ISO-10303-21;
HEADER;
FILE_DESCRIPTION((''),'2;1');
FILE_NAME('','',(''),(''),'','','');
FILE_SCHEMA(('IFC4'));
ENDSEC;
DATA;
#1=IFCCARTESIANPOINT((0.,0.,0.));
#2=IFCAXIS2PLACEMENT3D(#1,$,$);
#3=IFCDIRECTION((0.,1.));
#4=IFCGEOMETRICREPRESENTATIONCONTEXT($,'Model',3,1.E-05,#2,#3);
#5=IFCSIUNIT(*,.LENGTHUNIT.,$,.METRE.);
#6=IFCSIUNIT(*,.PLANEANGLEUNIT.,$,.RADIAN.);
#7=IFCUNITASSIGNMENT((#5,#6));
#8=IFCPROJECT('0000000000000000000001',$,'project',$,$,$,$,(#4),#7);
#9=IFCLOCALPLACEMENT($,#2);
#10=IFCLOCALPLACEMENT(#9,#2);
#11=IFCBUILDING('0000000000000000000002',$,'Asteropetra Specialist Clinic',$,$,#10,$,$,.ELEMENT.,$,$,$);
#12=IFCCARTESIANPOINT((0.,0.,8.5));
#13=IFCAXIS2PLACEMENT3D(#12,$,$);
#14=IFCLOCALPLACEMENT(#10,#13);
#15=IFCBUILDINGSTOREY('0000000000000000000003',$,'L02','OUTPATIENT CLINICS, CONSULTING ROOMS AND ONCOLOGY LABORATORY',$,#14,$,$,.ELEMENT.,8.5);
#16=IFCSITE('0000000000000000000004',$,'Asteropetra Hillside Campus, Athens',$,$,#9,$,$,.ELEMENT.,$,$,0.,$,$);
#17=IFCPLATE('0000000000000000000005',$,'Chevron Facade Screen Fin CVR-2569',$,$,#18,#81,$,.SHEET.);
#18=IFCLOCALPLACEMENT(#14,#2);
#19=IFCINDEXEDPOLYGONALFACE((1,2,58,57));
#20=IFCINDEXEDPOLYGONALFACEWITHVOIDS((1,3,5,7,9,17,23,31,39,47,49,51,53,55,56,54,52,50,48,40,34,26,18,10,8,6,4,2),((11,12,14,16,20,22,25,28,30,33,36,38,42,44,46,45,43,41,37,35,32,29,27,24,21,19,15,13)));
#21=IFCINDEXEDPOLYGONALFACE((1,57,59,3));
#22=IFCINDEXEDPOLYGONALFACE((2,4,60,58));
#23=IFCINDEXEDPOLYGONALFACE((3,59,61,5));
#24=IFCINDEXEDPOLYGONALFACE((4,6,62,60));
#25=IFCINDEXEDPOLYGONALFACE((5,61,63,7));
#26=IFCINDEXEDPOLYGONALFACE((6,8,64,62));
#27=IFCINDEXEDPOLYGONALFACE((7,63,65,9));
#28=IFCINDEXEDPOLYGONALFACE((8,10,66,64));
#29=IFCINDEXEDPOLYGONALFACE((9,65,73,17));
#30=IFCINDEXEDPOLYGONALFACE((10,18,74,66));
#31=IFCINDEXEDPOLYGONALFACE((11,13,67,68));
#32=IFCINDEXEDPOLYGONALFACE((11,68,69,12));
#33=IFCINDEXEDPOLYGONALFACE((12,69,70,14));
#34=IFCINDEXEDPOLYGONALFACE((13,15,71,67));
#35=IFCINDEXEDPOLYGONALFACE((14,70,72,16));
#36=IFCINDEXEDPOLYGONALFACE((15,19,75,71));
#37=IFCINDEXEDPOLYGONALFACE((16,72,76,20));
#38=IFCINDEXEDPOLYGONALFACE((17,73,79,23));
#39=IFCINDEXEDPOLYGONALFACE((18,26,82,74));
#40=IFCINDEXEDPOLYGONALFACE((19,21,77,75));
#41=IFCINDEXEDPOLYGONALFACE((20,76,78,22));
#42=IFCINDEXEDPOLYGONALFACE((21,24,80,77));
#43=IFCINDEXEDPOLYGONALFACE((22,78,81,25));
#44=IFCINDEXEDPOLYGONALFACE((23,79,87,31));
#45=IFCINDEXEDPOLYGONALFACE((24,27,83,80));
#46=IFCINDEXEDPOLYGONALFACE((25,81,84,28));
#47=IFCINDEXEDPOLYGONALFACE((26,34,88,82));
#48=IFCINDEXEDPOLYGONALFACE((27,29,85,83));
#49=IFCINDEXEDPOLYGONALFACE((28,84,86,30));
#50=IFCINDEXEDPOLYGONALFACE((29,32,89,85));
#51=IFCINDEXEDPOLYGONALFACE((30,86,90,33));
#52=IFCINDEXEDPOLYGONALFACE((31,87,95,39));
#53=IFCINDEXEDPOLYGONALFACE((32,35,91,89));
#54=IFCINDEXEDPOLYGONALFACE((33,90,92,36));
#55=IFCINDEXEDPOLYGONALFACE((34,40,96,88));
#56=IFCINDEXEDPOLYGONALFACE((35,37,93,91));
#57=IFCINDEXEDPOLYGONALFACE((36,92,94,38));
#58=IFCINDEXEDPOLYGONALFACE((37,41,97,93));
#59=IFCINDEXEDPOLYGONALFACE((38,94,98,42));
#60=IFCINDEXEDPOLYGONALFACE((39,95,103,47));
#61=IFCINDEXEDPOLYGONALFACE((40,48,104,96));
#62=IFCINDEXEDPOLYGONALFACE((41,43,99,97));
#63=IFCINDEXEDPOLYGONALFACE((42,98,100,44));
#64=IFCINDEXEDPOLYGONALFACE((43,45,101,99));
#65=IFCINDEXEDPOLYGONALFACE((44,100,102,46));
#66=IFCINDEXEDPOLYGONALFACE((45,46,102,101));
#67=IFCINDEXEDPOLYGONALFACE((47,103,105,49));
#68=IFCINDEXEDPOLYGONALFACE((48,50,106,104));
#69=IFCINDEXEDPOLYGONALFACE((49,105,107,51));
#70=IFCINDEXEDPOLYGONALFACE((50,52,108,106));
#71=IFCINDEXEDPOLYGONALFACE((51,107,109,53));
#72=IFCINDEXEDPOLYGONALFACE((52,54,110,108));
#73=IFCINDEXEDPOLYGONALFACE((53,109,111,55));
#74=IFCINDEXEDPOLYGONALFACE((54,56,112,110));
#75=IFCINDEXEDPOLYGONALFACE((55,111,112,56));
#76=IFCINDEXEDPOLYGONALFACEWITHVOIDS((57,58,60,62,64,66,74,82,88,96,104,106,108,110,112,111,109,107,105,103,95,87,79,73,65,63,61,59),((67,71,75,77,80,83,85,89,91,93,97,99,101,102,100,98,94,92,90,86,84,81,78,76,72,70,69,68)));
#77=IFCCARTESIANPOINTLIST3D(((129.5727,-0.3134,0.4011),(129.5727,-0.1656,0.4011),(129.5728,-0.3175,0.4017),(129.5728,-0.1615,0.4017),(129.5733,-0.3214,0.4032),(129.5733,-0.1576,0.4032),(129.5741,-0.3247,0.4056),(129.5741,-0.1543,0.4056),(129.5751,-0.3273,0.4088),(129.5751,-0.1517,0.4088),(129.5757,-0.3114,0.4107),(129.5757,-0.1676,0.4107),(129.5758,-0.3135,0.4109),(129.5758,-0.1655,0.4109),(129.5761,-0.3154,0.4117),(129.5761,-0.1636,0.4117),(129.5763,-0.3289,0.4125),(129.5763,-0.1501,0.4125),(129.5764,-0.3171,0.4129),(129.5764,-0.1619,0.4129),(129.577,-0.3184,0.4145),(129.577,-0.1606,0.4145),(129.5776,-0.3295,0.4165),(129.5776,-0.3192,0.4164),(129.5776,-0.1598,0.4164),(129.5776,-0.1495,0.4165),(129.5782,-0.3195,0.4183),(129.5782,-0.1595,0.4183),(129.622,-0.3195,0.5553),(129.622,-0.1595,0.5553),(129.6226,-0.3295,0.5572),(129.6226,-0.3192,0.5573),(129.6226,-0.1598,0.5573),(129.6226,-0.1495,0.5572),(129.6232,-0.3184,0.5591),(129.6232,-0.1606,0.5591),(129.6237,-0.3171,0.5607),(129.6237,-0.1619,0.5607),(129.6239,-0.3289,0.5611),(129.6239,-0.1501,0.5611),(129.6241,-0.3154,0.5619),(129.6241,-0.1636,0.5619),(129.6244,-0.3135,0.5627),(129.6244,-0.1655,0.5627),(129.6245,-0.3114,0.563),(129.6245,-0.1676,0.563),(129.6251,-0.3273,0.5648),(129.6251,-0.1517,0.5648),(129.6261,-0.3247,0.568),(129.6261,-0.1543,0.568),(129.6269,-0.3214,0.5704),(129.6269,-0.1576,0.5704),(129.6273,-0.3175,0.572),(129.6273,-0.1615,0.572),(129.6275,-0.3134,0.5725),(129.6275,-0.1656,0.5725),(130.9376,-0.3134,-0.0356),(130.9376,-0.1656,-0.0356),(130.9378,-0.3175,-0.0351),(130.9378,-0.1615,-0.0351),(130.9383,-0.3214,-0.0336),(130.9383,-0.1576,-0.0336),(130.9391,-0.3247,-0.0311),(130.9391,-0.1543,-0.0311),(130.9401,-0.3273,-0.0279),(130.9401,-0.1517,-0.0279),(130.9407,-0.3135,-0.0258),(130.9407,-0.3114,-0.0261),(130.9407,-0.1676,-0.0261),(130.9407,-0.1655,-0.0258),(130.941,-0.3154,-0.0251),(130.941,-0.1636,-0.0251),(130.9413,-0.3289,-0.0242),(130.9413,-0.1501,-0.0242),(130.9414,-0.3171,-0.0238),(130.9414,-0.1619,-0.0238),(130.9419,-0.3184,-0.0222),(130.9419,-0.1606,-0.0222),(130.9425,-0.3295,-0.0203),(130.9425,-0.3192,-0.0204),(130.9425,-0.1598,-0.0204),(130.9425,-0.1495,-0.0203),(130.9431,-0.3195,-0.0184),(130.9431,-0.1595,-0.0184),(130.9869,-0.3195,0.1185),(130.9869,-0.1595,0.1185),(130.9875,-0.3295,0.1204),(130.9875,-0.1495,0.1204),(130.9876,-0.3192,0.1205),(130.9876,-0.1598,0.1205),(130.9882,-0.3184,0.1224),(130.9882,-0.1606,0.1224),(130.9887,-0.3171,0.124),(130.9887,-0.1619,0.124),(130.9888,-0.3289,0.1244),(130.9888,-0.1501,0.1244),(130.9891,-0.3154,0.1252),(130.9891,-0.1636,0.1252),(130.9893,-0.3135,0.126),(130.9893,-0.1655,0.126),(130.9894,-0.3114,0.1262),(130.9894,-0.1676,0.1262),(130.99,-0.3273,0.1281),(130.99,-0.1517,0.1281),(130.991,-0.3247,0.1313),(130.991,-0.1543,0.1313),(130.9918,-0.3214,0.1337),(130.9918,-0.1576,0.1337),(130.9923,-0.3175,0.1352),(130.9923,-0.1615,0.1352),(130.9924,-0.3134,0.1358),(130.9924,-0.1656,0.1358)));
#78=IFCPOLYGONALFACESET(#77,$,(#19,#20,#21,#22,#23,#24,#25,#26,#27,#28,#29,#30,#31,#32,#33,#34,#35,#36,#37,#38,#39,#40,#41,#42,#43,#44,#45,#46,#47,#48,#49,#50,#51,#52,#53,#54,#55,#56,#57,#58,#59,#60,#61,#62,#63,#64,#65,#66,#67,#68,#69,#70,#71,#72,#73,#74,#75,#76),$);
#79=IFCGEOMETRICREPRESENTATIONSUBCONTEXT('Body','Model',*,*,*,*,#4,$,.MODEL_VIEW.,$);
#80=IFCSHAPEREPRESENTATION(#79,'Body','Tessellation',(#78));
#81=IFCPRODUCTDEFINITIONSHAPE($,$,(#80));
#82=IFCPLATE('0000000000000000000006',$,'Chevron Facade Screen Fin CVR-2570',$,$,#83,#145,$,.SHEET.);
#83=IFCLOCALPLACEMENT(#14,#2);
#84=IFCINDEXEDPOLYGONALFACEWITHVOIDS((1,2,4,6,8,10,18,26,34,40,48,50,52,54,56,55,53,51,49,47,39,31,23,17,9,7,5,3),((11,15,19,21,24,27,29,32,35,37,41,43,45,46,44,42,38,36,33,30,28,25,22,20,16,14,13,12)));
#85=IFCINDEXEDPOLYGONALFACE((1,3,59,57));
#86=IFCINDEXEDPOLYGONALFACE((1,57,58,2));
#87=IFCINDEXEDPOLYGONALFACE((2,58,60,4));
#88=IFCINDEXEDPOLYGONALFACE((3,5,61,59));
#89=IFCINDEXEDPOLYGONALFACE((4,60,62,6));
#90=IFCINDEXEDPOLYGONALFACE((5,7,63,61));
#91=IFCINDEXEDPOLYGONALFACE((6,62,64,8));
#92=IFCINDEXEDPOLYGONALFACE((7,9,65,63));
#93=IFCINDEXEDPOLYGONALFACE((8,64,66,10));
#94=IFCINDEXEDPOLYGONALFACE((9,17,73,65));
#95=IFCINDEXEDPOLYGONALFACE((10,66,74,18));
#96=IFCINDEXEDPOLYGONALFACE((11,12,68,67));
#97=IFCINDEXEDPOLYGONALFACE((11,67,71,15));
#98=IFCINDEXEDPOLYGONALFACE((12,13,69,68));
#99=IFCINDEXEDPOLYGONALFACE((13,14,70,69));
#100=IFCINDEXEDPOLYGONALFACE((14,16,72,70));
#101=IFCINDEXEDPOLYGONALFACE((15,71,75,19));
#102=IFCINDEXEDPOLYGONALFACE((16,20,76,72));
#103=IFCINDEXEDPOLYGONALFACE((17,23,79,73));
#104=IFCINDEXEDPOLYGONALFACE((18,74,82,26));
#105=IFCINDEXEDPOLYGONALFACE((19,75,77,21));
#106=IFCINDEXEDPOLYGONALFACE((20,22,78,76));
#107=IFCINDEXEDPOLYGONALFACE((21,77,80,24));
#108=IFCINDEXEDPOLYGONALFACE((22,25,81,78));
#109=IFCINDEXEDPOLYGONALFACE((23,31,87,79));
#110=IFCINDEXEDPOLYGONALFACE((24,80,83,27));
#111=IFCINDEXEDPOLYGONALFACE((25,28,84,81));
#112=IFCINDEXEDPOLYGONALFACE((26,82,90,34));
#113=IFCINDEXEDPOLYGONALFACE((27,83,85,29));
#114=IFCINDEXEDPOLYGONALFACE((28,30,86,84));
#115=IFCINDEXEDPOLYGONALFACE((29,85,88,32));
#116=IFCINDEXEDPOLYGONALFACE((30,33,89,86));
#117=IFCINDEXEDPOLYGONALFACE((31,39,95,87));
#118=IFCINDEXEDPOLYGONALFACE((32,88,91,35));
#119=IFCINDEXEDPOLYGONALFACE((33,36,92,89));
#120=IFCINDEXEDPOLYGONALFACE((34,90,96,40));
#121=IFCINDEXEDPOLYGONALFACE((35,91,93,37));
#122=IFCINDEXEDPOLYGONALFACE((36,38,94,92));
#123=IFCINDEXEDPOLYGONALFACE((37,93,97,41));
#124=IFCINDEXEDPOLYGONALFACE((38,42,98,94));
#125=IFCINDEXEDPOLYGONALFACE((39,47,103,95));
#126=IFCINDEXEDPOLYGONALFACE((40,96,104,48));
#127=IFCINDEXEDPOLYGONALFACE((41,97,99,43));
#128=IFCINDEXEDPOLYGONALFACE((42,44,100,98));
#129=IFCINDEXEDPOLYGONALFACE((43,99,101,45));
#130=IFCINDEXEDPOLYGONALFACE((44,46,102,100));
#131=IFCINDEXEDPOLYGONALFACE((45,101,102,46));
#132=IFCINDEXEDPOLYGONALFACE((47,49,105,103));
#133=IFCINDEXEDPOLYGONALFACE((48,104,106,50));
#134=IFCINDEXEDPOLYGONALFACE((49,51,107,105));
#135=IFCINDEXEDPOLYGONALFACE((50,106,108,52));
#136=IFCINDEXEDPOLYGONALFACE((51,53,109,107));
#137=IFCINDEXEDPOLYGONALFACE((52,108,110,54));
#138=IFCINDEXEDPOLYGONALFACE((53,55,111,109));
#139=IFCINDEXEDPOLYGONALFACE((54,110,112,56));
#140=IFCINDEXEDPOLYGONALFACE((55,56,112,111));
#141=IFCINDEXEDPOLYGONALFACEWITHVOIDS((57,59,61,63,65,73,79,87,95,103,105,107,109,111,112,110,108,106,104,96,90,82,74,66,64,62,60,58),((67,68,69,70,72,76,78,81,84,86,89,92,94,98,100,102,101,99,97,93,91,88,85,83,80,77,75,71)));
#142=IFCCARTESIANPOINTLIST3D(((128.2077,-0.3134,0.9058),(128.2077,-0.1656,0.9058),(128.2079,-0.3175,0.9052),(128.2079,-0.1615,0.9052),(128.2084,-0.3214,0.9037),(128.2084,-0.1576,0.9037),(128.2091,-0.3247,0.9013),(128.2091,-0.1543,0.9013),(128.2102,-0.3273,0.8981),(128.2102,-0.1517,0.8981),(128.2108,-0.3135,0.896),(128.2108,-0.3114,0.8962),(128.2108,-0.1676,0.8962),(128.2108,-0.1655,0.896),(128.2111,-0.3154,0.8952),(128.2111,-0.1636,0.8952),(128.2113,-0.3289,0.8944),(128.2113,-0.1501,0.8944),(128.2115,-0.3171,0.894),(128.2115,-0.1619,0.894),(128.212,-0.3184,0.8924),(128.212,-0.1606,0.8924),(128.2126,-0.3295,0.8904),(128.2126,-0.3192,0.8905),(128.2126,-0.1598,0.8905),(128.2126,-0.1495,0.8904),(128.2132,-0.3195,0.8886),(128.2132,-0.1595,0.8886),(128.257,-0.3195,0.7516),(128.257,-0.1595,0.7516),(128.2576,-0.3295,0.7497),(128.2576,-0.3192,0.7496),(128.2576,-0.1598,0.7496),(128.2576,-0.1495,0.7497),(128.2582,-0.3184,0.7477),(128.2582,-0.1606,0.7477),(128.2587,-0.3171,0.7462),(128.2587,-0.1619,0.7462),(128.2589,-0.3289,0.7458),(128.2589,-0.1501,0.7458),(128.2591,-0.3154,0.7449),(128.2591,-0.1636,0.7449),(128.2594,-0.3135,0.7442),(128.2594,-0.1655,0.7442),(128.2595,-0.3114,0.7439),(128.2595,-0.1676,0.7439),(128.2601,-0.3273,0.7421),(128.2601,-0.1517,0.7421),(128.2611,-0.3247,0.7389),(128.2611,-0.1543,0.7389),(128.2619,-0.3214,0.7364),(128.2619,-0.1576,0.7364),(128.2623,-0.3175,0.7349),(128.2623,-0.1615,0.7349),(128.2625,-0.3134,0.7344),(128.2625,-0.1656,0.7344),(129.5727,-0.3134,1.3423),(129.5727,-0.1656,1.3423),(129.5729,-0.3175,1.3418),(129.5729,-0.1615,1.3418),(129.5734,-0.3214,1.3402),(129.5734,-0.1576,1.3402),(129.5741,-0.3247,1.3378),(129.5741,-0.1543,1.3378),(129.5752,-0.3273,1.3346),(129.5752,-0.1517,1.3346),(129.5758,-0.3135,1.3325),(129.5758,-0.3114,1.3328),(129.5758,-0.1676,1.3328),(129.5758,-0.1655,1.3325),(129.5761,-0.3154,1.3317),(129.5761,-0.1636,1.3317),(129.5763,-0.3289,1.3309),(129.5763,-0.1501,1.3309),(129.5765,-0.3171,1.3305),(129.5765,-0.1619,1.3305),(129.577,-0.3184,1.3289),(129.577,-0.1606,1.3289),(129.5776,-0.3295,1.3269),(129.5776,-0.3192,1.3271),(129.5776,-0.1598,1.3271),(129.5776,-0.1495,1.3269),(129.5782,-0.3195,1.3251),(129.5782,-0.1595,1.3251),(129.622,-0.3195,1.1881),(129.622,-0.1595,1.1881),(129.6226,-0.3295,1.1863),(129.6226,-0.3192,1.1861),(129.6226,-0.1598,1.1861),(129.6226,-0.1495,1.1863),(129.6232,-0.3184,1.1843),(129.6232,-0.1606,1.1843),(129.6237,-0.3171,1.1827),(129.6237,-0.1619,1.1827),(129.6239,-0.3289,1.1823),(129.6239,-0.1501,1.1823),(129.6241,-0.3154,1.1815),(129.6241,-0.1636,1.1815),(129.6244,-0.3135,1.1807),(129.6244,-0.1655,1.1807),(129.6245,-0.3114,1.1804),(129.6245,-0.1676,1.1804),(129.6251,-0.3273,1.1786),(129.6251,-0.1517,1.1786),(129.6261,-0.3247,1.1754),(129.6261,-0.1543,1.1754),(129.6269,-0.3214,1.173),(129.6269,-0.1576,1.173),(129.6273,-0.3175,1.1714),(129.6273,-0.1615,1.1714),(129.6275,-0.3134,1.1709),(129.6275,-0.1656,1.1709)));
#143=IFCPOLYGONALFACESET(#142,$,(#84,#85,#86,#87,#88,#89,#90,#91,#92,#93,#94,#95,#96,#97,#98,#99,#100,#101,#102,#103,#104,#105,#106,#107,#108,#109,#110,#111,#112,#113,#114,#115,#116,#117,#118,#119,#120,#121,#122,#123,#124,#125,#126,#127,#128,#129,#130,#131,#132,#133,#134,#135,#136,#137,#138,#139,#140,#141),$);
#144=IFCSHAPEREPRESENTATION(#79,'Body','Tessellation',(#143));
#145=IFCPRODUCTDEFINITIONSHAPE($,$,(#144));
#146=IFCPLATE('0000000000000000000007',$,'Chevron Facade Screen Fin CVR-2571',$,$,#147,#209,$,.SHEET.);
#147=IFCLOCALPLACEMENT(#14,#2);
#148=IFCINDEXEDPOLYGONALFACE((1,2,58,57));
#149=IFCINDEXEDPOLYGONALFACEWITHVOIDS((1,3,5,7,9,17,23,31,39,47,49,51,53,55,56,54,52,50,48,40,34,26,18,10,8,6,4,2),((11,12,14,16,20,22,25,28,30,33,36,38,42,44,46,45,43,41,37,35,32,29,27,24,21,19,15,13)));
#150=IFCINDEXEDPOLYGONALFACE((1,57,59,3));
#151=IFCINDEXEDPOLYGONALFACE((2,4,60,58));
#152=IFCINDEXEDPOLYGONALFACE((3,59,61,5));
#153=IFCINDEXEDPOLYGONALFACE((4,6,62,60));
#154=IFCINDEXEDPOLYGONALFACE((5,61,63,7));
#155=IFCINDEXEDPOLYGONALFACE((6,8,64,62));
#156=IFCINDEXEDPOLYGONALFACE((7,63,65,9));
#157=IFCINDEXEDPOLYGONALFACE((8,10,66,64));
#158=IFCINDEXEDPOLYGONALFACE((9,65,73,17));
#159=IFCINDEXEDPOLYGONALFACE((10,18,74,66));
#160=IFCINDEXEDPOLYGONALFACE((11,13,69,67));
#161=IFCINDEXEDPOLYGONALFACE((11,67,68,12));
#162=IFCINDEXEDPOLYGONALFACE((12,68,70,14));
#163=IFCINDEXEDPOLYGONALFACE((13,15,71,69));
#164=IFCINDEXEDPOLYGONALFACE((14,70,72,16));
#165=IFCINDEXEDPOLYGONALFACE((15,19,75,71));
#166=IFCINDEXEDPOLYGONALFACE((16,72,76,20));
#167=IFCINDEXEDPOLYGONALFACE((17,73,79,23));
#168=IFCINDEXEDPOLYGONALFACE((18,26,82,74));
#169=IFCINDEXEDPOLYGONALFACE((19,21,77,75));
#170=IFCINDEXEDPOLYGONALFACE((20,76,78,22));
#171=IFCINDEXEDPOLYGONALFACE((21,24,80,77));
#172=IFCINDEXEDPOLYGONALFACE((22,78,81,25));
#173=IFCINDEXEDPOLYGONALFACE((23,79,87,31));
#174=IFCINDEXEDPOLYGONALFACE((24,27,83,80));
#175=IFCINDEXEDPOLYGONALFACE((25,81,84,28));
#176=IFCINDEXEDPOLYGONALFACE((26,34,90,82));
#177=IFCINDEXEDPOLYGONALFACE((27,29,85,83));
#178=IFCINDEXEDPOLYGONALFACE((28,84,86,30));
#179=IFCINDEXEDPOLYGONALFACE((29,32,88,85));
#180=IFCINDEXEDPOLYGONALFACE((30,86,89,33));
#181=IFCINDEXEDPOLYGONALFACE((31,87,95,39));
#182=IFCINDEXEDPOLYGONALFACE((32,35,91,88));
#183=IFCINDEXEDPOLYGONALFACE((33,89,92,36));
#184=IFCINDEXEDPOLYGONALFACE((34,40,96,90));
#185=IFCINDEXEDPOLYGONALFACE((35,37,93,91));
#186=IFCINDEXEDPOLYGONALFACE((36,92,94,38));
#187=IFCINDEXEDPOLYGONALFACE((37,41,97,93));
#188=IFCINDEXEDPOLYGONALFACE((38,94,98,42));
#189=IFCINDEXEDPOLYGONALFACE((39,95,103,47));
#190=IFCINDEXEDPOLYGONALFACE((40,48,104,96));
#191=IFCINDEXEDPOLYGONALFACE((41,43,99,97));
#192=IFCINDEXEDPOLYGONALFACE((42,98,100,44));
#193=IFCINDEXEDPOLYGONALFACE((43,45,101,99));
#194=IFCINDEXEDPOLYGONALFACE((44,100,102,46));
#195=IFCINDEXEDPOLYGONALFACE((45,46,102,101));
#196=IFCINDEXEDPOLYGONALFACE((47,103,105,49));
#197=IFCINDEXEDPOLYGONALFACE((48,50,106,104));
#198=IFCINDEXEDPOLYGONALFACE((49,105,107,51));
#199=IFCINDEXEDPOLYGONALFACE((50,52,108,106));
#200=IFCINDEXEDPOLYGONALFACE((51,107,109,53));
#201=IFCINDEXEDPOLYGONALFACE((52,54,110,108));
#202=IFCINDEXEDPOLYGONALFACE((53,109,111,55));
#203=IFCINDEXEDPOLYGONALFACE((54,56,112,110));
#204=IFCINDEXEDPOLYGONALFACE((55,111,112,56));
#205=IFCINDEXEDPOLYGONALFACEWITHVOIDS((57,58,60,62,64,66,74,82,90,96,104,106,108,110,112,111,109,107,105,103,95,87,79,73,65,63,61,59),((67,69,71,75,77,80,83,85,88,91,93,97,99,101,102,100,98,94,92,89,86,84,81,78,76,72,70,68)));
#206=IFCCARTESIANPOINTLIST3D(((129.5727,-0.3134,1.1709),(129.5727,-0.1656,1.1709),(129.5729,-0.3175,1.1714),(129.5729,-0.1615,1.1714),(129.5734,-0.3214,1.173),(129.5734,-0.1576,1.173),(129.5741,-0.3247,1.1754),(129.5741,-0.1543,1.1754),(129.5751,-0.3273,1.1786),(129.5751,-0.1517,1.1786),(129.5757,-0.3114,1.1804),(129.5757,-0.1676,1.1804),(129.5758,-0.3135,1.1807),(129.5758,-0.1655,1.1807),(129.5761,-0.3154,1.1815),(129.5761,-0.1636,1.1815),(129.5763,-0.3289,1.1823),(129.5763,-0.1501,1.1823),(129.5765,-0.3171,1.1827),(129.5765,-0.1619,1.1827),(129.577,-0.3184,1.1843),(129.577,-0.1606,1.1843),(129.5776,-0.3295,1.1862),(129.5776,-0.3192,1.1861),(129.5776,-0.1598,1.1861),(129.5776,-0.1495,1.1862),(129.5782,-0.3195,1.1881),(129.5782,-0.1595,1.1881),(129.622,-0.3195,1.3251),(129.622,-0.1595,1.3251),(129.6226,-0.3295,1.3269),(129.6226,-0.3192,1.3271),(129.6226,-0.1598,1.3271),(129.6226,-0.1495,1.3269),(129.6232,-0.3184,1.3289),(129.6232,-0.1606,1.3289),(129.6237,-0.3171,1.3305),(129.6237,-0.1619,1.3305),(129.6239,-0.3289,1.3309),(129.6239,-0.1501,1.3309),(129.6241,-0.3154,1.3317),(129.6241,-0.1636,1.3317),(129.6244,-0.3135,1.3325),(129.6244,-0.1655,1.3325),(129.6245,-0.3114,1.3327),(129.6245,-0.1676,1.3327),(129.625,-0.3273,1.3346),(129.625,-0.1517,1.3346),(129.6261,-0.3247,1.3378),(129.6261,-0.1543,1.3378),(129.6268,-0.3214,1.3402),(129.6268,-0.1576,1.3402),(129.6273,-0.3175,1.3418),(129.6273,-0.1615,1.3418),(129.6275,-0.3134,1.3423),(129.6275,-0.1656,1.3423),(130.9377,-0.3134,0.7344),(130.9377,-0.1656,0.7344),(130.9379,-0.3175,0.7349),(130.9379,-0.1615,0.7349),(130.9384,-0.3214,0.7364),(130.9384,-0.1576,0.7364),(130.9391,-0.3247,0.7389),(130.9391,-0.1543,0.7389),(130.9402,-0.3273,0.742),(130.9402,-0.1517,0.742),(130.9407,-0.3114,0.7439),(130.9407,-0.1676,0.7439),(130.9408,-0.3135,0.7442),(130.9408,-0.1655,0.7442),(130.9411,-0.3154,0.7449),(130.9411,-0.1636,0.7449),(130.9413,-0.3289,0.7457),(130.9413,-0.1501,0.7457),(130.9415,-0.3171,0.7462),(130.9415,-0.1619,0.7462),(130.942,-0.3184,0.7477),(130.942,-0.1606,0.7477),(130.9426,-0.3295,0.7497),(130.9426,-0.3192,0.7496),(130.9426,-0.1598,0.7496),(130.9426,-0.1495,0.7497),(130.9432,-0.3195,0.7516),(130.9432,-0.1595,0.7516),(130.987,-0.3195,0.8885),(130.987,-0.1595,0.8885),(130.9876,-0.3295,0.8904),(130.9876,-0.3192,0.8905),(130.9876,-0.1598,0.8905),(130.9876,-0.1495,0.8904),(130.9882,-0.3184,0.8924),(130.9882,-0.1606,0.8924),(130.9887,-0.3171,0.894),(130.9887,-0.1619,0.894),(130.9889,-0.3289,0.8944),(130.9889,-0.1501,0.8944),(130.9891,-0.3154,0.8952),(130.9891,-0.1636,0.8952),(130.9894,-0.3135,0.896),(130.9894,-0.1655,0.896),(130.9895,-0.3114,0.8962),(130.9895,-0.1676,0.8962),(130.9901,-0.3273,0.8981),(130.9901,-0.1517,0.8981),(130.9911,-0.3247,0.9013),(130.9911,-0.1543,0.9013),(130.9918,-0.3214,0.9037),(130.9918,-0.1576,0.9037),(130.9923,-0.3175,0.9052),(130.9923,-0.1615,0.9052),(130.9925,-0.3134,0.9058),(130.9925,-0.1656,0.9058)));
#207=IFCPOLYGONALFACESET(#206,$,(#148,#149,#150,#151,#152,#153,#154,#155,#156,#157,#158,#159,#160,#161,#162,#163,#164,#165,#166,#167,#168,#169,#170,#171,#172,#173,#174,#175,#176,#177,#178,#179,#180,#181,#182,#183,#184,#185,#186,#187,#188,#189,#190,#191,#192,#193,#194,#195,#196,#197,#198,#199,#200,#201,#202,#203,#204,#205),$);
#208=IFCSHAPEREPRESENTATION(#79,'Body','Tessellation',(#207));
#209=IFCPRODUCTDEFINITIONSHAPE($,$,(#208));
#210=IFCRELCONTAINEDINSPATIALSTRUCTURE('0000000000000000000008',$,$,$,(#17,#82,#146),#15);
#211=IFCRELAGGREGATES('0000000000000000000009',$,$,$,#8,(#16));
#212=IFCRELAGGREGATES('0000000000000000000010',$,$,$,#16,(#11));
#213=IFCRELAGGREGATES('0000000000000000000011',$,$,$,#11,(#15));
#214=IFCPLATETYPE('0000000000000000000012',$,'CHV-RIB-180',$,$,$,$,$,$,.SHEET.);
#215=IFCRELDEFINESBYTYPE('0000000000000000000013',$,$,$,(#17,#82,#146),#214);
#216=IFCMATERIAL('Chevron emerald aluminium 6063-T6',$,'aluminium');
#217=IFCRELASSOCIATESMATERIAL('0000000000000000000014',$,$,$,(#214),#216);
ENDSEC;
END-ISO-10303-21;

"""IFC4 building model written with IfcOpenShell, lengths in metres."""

from ifc_helpers import new_model, si_unit, direction, frame, origin, origin_2d, place, context, subcontext, project, spatial, hollow_rectangle, extrude, material, material_profile, profile_set, type_object, element, save


model = new_model("IFC4")

# Units and contexts
model_context = context("Model", 3, precision=1e-05, world=origin(), true_north=direction((0.0, 1.0)))
body_context = subcontext(model_context, "Body", "Model", "MODEL_VIEW")
ifc_project = project(units=[si_unit("LENGTHUNIT", "METRE"), si_unit("PLANEANGLEUNIT", "RADIAN")], contexts=[model_context])

# Site, building, storey
site_placement = place(None, origin())
site = spatial("IfcSite", under=ifc_project, at=site_placement, Name="Asteropetra Hillside Campus, Athens", CompositionType="ELEMENT", RefElevation=0.0)
building_placement = place(site_placement, origin())
building = spatial("IfcBuilding", under=site, at=building_placement, Name="Asteropetra Specialist Clinic", CompositionType="ELEMENT")
storey_placement = place(building_placement, frame((0.0, 0.0, 8.5)))
storey = spatial("IfcBuildingStorey", under=building, at=storey_placement, Name="L02", Description="OUTPATIENT CLINICS, CONSULTING ROOMS AND ONCOLOGY LABORATORY", CompositionType="ELEMENT", Elevation=8.5)

# Plates
ifc_material_1 = material(Name="Chevron emerald aluminium 6063-T6", Category="aluminium")
ifc_material_profile = material_profile(ifc_material_1, hollow_rectangle(XDim=0.1799, YDim=0.1799, WallThickness=0.01, InnerFilletRadius=0.0081, OuterFilletRadius=0.0161, at=origin_2d()), Name="SHS 180x180x10.0")
ifc_profile_set = profile_set([ifc_material_profile], Name="Chevron emerald aluminium 6063-T6")
plate_type = type_object("IfcPlateType", Name="CHV-RIB-180", PredefinedType="SHEET", material=ifc_profile_set)
for number, where, z_axis, x_axis, name in (
    (1, (129.6001, -0.2395, 0.4868), (0.95243, 0.0, -0.304757), (0.0, 1.0, 0.0), "Chevron Facade Screen Fin CVR-2569"),
    (2, (128.2351, -0.2395, 0.8201), (0.95248, 0.0, 0.304603), (0.0, 1.0, 0.0), "Chevron Facade Screen Fin CVR-2570"),
    (3, (129.6001, -0.2395, 1.2566), (0.95248, 0.0, -0.304603), (0.0, 1.0, 0.0), "Chevron Facade Screen Fin CVR-2571"),
):
    element("IfcPlate", number, at=place(storey_placement, frame(where, z_axis=z_axis, x_axis=x_axis)), inside=storey, type_object=plate_type, Name=name, PredefinedType="SHEET", context=body_context, shape_type="SweptSolid", body=[
        extrude(hollow_rectangle(XDim=0.1799, YDim=0.1799, WallThickness=0.01, InnerFilletRadius=0.0081, OuterFilletRadius=0.0161, at=origin_2d()), origin(), (0.0, 0.0, 1.0), 1.4331),
    ])

save(model, "model.ifc")
